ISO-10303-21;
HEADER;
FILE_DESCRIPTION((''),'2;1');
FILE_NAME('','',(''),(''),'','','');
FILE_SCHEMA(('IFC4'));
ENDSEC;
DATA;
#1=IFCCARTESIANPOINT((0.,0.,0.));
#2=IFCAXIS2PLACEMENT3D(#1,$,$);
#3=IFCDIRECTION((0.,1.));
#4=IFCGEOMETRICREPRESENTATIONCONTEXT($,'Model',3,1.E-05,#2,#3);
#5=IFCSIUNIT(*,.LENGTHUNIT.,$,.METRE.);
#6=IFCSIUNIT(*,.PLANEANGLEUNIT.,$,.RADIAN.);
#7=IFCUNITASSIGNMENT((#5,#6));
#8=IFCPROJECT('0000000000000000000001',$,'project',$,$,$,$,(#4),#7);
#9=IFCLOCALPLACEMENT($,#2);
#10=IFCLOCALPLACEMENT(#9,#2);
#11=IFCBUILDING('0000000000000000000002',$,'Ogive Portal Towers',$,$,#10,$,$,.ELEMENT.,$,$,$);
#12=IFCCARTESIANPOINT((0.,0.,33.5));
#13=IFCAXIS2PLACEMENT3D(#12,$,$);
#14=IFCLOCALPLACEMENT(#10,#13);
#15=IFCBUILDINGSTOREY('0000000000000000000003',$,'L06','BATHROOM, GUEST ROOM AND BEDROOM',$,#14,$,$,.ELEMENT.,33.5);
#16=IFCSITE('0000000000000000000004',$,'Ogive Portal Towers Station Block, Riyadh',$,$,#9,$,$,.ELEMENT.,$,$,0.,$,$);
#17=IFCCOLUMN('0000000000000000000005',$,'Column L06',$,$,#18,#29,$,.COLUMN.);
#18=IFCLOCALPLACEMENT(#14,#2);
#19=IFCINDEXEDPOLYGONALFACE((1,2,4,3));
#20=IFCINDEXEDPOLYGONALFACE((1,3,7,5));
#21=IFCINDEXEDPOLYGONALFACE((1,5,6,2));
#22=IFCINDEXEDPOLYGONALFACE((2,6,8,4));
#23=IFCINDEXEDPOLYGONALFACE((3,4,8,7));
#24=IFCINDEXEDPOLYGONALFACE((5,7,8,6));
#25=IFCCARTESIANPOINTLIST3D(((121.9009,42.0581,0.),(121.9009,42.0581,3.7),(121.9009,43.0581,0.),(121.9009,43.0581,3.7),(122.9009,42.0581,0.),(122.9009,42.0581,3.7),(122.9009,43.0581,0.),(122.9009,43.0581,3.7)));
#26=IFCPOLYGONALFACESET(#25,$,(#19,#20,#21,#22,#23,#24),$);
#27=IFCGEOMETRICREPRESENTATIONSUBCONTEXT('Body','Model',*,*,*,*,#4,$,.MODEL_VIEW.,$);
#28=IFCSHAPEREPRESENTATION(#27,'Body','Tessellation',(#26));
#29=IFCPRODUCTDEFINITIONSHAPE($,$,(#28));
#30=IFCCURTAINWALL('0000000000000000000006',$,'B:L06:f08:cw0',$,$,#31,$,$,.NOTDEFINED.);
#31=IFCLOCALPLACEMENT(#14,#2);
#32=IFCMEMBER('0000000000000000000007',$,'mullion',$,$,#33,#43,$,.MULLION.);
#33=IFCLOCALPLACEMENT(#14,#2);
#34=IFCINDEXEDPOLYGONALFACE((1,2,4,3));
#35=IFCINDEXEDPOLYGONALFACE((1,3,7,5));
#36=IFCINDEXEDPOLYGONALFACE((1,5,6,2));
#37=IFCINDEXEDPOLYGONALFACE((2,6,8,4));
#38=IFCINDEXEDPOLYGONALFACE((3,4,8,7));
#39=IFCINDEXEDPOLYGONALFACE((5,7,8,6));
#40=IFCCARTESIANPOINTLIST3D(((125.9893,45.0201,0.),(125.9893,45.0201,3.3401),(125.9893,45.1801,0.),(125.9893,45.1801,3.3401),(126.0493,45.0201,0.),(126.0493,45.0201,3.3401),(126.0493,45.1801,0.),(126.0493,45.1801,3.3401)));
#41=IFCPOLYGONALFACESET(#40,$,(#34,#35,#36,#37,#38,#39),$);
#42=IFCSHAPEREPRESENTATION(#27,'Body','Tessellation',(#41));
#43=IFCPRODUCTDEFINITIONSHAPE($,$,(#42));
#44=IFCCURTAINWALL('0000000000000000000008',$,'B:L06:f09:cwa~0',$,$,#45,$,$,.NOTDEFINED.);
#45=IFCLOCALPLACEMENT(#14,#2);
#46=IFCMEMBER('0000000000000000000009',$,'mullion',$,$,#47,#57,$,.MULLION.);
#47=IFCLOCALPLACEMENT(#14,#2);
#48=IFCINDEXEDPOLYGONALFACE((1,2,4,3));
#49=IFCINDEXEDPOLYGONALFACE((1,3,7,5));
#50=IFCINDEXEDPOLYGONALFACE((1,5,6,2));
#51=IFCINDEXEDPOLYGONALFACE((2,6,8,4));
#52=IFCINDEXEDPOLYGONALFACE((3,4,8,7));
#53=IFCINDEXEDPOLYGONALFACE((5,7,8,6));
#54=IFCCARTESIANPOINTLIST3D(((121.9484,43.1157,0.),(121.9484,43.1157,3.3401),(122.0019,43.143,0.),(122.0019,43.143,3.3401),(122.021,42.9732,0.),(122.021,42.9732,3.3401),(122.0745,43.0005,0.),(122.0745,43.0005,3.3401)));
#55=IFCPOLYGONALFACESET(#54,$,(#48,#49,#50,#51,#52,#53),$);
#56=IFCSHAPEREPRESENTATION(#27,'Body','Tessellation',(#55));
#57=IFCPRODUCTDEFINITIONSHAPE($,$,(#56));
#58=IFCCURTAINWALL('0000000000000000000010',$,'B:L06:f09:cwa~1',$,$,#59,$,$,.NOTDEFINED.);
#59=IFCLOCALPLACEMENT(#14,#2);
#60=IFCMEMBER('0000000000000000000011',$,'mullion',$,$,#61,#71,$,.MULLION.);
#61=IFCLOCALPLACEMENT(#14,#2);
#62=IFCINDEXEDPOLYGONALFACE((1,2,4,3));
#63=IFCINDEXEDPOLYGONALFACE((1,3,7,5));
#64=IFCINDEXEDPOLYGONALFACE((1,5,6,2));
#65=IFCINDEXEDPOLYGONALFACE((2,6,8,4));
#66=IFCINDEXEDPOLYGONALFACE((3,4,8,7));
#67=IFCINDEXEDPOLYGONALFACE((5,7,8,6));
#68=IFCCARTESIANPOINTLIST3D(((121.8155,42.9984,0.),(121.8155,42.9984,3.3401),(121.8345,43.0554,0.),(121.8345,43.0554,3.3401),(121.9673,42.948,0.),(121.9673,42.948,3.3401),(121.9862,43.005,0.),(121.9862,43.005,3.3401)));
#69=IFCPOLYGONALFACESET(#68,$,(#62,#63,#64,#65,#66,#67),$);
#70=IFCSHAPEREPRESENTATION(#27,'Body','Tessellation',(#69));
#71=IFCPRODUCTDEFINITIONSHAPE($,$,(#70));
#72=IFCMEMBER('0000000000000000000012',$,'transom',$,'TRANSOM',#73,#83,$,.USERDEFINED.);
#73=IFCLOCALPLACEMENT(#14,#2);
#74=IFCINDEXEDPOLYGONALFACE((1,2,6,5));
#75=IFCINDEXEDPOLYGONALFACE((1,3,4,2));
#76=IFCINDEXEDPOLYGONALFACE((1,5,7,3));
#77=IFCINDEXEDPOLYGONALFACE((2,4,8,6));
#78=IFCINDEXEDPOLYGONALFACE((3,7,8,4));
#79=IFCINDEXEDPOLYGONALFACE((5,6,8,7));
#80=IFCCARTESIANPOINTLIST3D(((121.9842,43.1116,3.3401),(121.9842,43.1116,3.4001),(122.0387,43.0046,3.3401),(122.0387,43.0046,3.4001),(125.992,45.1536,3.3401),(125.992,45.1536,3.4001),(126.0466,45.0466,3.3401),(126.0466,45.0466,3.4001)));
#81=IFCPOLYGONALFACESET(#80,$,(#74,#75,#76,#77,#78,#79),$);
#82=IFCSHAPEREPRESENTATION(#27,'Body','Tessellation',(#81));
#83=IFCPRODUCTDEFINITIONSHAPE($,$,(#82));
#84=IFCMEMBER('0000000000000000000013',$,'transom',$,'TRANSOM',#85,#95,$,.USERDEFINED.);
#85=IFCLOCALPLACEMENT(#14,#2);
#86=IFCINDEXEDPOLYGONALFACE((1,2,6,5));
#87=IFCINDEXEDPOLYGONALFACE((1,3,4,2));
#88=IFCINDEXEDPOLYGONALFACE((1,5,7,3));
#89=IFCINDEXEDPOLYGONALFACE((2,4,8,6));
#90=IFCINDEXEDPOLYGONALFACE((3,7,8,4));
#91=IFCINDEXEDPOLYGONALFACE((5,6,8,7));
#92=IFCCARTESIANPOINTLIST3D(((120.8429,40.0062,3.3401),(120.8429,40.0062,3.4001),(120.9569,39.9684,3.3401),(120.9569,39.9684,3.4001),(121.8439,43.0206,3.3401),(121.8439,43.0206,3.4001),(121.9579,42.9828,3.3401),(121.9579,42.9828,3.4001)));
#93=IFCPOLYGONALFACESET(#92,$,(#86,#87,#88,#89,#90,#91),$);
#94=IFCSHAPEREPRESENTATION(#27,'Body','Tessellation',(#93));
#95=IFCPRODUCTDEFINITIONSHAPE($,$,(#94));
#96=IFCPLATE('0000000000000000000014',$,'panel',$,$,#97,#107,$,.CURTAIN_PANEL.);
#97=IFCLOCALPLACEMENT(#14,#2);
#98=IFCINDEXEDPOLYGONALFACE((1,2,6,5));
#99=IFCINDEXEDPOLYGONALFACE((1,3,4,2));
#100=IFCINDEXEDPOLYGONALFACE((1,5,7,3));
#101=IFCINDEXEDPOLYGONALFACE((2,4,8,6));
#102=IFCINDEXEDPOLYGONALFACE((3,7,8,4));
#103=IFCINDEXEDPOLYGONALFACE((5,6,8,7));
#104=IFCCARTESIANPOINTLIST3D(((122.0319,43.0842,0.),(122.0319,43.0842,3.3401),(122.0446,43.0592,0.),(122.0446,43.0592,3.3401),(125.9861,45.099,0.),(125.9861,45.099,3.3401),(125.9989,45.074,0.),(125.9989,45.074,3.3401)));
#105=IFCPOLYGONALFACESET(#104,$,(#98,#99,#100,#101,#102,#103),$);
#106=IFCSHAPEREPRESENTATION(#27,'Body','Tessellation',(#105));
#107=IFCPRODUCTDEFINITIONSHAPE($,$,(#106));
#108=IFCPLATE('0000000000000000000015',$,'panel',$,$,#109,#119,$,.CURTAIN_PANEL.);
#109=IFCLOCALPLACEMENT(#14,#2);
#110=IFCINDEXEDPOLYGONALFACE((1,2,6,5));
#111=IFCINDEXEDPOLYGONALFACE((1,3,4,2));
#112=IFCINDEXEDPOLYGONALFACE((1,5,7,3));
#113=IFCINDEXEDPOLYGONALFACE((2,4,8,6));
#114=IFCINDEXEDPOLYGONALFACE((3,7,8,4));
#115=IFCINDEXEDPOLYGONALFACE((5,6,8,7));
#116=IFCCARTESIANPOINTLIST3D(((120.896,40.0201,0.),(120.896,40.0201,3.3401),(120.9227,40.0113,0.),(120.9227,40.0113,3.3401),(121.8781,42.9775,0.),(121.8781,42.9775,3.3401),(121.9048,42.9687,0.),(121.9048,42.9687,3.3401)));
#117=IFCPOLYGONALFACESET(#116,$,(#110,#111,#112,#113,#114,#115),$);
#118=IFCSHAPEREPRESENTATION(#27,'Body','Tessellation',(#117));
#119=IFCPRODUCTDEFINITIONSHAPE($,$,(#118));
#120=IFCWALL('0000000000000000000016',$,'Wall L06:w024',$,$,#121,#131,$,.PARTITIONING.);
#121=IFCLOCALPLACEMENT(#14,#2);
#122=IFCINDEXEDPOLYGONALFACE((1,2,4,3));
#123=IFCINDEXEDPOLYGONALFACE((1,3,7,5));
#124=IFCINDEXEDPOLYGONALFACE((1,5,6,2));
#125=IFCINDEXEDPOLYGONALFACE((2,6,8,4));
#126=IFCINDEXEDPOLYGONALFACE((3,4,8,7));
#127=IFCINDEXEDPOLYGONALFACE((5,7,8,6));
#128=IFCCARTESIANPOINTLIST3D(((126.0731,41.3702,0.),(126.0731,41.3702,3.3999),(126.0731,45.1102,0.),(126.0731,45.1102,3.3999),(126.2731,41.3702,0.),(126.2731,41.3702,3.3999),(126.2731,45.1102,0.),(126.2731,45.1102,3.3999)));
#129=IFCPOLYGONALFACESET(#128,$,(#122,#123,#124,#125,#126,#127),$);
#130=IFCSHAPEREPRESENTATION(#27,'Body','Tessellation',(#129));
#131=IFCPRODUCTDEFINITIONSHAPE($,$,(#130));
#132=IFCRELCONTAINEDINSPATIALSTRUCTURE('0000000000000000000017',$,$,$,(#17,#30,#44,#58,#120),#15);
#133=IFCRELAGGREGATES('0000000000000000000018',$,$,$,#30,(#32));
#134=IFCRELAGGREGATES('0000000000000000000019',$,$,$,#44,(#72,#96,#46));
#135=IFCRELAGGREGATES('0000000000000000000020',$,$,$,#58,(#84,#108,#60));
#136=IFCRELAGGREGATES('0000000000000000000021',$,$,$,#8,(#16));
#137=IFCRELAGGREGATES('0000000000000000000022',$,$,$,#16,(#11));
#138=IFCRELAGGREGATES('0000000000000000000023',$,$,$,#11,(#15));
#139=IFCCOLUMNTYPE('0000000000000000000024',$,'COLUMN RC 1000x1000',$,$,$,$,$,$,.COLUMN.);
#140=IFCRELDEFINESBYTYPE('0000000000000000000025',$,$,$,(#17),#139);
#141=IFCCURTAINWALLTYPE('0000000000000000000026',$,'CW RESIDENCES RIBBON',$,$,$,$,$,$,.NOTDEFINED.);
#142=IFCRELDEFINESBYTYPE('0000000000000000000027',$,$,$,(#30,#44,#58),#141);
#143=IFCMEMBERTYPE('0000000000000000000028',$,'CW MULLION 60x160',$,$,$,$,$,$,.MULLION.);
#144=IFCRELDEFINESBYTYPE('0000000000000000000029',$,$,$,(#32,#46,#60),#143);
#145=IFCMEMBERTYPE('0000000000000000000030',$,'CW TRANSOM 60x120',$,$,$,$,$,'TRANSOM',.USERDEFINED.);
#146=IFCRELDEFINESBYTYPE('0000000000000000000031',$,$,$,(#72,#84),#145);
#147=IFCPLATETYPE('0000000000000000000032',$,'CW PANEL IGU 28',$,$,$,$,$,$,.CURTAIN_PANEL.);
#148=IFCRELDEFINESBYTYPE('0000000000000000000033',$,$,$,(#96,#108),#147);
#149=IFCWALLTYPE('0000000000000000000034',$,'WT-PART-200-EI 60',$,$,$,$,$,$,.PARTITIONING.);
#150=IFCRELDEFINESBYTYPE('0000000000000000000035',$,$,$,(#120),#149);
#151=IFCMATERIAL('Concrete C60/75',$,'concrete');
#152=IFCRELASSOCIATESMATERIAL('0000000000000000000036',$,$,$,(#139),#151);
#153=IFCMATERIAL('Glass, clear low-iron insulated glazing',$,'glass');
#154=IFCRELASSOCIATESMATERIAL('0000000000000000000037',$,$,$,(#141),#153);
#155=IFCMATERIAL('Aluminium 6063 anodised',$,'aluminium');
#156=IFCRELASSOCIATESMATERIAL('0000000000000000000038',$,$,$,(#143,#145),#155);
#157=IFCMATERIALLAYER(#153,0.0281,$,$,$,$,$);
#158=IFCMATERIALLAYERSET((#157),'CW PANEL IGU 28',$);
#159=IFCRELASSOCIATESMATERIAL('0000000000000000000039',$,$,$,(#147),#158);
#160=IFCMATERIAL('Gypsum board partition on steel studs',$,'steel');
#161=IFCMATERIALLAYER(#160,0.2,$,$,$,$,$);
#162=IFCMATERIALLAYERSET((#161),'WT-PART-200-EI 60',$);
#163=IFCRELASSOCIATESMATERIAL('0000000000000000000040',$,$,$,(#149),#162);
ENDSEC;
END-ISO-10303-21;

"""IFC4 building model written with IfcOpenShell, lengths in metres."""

from ifc_helpers import new_model, si_unit, direction, frame, frame_2d, origin, origin_2d, place, context, subcontext, project, spatial, rectangle, extrude, material, layer, layer_set, material_profile, profile_set, type_object, element, aggregate, save


model = new_model("IFC4")

# Units and contexts
model_context = context("Model", 3, precision=1e-05, world=origin(), true_north=direction((0.0, 1.0)))
body_context = subcontext(model_context, "Body", "Model", "MODEL_VIEW")
ifc_project = project(units=[si_unit("LENGTHUNIT", "METRE"), si_unit("PLANEANGLEUNIT", "RADIAN")], contexts=[model_context])

# Site, building, storey
site_placement = place(None, origin())
site = spatial("IfcSite", under=ifc_project, at=site_placement, Name="Ogive Portal Towers Station Block, Riyadh", CompositionType="ELEMENT", RefElevation=0.0)
building_placement = place(site_placement, origin())
building = spatial("IfcBuilding", under=site, at=building_placement, Name="Ogive Portal Towers", CompositionType="ELEMENT")
storey_placement = place(building_placement, frame((0.0, 0.0, 33.5)))
storey = spatial("IfcBuildingStorey", under=building, at=storey_placement, Name="L06", Description="BATHROOM, GUEST ROOM AND BEDROOM", CompositionType="ELEMENT", Elevation=33.5)

# Column
ifc_material_1 = material(Name="Concrete C60/75", Category="concrete")
ifc_material_profile_1 = material_profile(ifc_material_1, rectangle(XDim=1.0, YDim=1.0, at=origin_2d()), Name="RC 1000x1000")
ifc_profile_set_1 = profile_set([ifc_material_profile_1], Name="Concrete C60/75")
column_type = type_object("IfcColumnType", Name="COLUMN RC 1000x1000", PredefinedType="COLUMN", material=ifc_profile_set_1)
column_placement = place(storey_placement, frame((122.4009, 42.5581, 0.0), z_axis=(0.0, 0.0, 1.0), x_axis=(1.0, 0.0, 0.0)))
element("IfcColumn", 1, at=column_placement, inside=storey, type_object=column_type, Name="Column L06", PredefinedType="COLUMN", context=body_context, shape_type="SweptSolid", body=[
    extrude(rectangle(XDim=1.0, YDim=1.0, at=origin_2d()), origin(), (0.0, 0.0, 1.0), 3.7),
])

# Curtain walls, members
ifc_material_2 = material(Name="Glass, clear low-iron insulated glazing", Category="glass")
curtain_wall_type = type_object("IfcCurtainWallType", Name="CW RESIDENCES RIBBON", PredefinedType="NOTDEFINED", material=ifc_material_2)
curtain_wall_1_placement = place(storey_placement, origin())
curtain_wall_1 = element("IfcCurtainWall", 2, at=curtain_wall_1_placement, inside=storey, type_object=curtain_wall_type, Name="B:L06:f08:cw0", PredefinedType="NOTDEFINED")
ifc_material_3 = material(Name="Aluminium 6063 anodised", Category="aluminium")
ifc_material_profile_2 = material_profile(ifc_material_3, rectangle(XDim=0.1599, YDim=0.0601, at=origin_2d()), Name="AL 60x160")
ifc_profile_set_2 = profile_set([ifc_material_profile_2], Name="Aluminium 6063 anodised")
member_type_1 = type_object("IfcMemberType", Name="CW MULLION 60x160", PredefinedType="MULLION", material=ifc_profile_set_2)
member_1_placement = place(storey_placement, frame((126.0193, 45.1001, 0.0), z_axis=(0.0, 0.0, 1.0), x_axis=(0.0, -1.0, 0.0)))
member_1 = element("IfcMember", 3, at=member_1_placement, type_object=member_type_1, Name="mullion", PredefinedType="MULLION", context=body_context, shape_type="SweptSolid", body=[
    extrude(rectangle(XDim=0.1599, YDim=0.0601, at=origin_2d()), origin(), (0.0, 0.0, 1.0), 3.3401),
])
aggregate(curtain_wall_1, [member_1])
curtain_wall_2_placement = place(storey_placement, origin())
curtain_wall_2 = element("IfcCurtainWall", 4, at=curtain_wall_2_placement, inside=storey, type_object=curtain_wall_type, Name="B:L06:f09:cwa~0", PredefinedType="NOTDEFINED")
member_2_placement = place(storey_placement, frame((122.0115, 43.0581, 0.0), z_axis=(0.0, 0.0, 1.0), x_axis=(0.45399, -0.891007, 0.0)))
member_2 = element("IfcMember", 5, at=member_2_placement, type_object=member_type_1, Name="mullion", PredefinedType="MULLION", context=body_context, shape_type="SweptSolid", body=[
    extrude(rectangle(XDim=0.1599, YDim=0.0601, at=origin_2d()), origin(), (0.0, 0.0, 1.0), 3.3401),
])
curtain_wall_3_placement = place(storey_placement, origin())
curtain_wall_3 = element("IfcCurtainWall", 6, at=curtain_wall_3_placement, inside=storey, type_object=curtain_wall_type, Name="B:L06:f09:cwa~1", PredefinedType="NOTDEFINED")
member_3_placement = place(storey_placement, frame((121.9009, 43.0017, 0.0), z_axis=(0.0, 0.0, 1.0), x_axis=(0.94904, -0.315156, 0.0)))
member_3 = element("IfcMember", 7, at=member_3_placement, type_object=member_type_1, Name="mullion", PredefinedType="MULLION", context=body_context, shape_type="SweptSolid", body=[
    extrude(rectangle(XDim=0.1599, YDim=0.0601, at=origin_2d()), origin(), (0.0, 0.0, 1.0), 3.3401),
])

# Members
ifc_material_profile_3 = material_profile(ifc_material_3, rectangle(XDim=0.1201, YDim=0.0601, at=origin_2d()), Name="AL 120x60")
ifc_profile_set_3 = profile_set([ifc_material_profile_3], Name="Aluminium 6063 anodised")
member_type_2 = type_object("IfcMemberType", Name="CW TRANSOM 60x120", ElementType="TRANSOM", PredefinedType="USERDEFINED", material=ifc_profile_set_3)
member_4_placement = place(storey_placement, frame((126.0193, 45.1001, 3.3701), z_axis=(-0.891015, -0.453975, 0.0), x_axis=(0.453975, -0.891015, 0.0)))
member_4 = element("IfcMember", 8, at=member_4_placement, type_object=member_type_2, Name="transom", ObjectType="TRANSOM", PredefinedType="USERDEFINED", context=body_context, shape_type="SweptSolid", body=[
    extrude(rectangle(XDim=0.1201, YDim=0.0601, at=origin_2d()), origin(), (0.0, 0.0, 1.0), 4.498),
])
member_5_placement = place(storey_placement, frame((121.9009, 43.0017, 3.3701), z_axis=(-0.315144, -0.949044, 0.0), x_axis=(0.949044, -0.315144, 0.0)))
member_5 = element("IfcMember", 9, at=member_5_placement, type_object=member_type_2, Name="transom", ObjectType="TRANSOM", PredefinedType="USERDEFINED", context=body_context, shape_type="SweptSolid", body=[
    extrude(rectangle(XDim=0.1201, YDim=0.0601, at=origin_2d()), origin(), (0.0, 0.0, 1.0), 3.1763),
])

# Plates
ifc_layer_1 = layer(ifc_material_2, 0.0281)
ifc_layer_set_1 = layer_set([ifc_layer_1], Name="CW PANEL IGU 28")
plate_type = type_object("IfcPlateType", Name="CW PANEL IGU 28", PredefinedType="CURTAIN_PANEL", material=ifc_layer_set_1)
plate_1_placement = place(storey_placement, frame((124.0154, 44.0791, 0.0), z_axis=(0.0, 0.0, 1.0), x_axis=(-0.891007, -0.45399, 0.0)))
plate_1 = element("IfcPlate", 10, at=plate_1_placement, type_object=plate_type, Name="panel", PredefinedType="CURTAIN_PANEL", context=body_context, shape_type="SweptSolid", body=[
    extrude(rectangle(XDim=4.438, YDim=0.0281, at=origin_2d()), origin(), (0.0, 0.0, 1.0), 3.3401),
])
aggregate(curtain_wall_2, [member_4, plate_1, member_2])
plate_2_placement = place(storey_placement, frame((121.4004, 41.4944, 0.0), z_axis=(0.0, 0.0, 1.0), x_axis=(-0.315156, -0.94904, 0.0)))
plate_2 = element("IfcPlate", 11, at=plate_2_placement, type_object=plate_type, Name="panel", PredefinedType="CURTAIN_PANEL", context=body_context, shape_type="SweptSolid", body=[
    extrude(rectangle(XDim=3.1162, YDim=0.0281, at=origin_2d()), origin(), (0.0, 0.0, 1.0), 3.3401),
])
aggregate(curtain_wall_3, [member_5, plate_2, member_3])

# Shared definitions
ifc_material_4 = material(Name="Gypsum board partition on steel studs", Category="steel")
ifc_layer_2 = layer(ifc_material_4, 0.2)
ifc_layer_set_2 = layer_set([ifc_layer_2], Name="WT-PART-200-EI 60")
wall_type = type_object("IfcWallType", Name="WT-PART-200-EI 60", PredefinedType="PARTITIONING", material=ifc_layer_set_2)

# Wall
wall_1_placement = place(storey_placement, frame((126.1731, 41.3701, 0.0), z_axis=(0.0, 0.0, 1.0), x_axis=(0.0, 1.0, 0.0)))
element("IfcWall", 12, at=wall_1_placement, inside=storey, type_object=wall_type, Name="Wall L06:w024", PredefinedType="PARTITIONING", context=body_context, shape_type="SweptSolid", body=[
    extrude(rectangle(XDim=3.74, YDim=0.2, at=frame_2d((1.8701, 0.0))), origin(), (0.0, 0.0, 1.0), 3.3999),
])

save(model, "model.ifc")
